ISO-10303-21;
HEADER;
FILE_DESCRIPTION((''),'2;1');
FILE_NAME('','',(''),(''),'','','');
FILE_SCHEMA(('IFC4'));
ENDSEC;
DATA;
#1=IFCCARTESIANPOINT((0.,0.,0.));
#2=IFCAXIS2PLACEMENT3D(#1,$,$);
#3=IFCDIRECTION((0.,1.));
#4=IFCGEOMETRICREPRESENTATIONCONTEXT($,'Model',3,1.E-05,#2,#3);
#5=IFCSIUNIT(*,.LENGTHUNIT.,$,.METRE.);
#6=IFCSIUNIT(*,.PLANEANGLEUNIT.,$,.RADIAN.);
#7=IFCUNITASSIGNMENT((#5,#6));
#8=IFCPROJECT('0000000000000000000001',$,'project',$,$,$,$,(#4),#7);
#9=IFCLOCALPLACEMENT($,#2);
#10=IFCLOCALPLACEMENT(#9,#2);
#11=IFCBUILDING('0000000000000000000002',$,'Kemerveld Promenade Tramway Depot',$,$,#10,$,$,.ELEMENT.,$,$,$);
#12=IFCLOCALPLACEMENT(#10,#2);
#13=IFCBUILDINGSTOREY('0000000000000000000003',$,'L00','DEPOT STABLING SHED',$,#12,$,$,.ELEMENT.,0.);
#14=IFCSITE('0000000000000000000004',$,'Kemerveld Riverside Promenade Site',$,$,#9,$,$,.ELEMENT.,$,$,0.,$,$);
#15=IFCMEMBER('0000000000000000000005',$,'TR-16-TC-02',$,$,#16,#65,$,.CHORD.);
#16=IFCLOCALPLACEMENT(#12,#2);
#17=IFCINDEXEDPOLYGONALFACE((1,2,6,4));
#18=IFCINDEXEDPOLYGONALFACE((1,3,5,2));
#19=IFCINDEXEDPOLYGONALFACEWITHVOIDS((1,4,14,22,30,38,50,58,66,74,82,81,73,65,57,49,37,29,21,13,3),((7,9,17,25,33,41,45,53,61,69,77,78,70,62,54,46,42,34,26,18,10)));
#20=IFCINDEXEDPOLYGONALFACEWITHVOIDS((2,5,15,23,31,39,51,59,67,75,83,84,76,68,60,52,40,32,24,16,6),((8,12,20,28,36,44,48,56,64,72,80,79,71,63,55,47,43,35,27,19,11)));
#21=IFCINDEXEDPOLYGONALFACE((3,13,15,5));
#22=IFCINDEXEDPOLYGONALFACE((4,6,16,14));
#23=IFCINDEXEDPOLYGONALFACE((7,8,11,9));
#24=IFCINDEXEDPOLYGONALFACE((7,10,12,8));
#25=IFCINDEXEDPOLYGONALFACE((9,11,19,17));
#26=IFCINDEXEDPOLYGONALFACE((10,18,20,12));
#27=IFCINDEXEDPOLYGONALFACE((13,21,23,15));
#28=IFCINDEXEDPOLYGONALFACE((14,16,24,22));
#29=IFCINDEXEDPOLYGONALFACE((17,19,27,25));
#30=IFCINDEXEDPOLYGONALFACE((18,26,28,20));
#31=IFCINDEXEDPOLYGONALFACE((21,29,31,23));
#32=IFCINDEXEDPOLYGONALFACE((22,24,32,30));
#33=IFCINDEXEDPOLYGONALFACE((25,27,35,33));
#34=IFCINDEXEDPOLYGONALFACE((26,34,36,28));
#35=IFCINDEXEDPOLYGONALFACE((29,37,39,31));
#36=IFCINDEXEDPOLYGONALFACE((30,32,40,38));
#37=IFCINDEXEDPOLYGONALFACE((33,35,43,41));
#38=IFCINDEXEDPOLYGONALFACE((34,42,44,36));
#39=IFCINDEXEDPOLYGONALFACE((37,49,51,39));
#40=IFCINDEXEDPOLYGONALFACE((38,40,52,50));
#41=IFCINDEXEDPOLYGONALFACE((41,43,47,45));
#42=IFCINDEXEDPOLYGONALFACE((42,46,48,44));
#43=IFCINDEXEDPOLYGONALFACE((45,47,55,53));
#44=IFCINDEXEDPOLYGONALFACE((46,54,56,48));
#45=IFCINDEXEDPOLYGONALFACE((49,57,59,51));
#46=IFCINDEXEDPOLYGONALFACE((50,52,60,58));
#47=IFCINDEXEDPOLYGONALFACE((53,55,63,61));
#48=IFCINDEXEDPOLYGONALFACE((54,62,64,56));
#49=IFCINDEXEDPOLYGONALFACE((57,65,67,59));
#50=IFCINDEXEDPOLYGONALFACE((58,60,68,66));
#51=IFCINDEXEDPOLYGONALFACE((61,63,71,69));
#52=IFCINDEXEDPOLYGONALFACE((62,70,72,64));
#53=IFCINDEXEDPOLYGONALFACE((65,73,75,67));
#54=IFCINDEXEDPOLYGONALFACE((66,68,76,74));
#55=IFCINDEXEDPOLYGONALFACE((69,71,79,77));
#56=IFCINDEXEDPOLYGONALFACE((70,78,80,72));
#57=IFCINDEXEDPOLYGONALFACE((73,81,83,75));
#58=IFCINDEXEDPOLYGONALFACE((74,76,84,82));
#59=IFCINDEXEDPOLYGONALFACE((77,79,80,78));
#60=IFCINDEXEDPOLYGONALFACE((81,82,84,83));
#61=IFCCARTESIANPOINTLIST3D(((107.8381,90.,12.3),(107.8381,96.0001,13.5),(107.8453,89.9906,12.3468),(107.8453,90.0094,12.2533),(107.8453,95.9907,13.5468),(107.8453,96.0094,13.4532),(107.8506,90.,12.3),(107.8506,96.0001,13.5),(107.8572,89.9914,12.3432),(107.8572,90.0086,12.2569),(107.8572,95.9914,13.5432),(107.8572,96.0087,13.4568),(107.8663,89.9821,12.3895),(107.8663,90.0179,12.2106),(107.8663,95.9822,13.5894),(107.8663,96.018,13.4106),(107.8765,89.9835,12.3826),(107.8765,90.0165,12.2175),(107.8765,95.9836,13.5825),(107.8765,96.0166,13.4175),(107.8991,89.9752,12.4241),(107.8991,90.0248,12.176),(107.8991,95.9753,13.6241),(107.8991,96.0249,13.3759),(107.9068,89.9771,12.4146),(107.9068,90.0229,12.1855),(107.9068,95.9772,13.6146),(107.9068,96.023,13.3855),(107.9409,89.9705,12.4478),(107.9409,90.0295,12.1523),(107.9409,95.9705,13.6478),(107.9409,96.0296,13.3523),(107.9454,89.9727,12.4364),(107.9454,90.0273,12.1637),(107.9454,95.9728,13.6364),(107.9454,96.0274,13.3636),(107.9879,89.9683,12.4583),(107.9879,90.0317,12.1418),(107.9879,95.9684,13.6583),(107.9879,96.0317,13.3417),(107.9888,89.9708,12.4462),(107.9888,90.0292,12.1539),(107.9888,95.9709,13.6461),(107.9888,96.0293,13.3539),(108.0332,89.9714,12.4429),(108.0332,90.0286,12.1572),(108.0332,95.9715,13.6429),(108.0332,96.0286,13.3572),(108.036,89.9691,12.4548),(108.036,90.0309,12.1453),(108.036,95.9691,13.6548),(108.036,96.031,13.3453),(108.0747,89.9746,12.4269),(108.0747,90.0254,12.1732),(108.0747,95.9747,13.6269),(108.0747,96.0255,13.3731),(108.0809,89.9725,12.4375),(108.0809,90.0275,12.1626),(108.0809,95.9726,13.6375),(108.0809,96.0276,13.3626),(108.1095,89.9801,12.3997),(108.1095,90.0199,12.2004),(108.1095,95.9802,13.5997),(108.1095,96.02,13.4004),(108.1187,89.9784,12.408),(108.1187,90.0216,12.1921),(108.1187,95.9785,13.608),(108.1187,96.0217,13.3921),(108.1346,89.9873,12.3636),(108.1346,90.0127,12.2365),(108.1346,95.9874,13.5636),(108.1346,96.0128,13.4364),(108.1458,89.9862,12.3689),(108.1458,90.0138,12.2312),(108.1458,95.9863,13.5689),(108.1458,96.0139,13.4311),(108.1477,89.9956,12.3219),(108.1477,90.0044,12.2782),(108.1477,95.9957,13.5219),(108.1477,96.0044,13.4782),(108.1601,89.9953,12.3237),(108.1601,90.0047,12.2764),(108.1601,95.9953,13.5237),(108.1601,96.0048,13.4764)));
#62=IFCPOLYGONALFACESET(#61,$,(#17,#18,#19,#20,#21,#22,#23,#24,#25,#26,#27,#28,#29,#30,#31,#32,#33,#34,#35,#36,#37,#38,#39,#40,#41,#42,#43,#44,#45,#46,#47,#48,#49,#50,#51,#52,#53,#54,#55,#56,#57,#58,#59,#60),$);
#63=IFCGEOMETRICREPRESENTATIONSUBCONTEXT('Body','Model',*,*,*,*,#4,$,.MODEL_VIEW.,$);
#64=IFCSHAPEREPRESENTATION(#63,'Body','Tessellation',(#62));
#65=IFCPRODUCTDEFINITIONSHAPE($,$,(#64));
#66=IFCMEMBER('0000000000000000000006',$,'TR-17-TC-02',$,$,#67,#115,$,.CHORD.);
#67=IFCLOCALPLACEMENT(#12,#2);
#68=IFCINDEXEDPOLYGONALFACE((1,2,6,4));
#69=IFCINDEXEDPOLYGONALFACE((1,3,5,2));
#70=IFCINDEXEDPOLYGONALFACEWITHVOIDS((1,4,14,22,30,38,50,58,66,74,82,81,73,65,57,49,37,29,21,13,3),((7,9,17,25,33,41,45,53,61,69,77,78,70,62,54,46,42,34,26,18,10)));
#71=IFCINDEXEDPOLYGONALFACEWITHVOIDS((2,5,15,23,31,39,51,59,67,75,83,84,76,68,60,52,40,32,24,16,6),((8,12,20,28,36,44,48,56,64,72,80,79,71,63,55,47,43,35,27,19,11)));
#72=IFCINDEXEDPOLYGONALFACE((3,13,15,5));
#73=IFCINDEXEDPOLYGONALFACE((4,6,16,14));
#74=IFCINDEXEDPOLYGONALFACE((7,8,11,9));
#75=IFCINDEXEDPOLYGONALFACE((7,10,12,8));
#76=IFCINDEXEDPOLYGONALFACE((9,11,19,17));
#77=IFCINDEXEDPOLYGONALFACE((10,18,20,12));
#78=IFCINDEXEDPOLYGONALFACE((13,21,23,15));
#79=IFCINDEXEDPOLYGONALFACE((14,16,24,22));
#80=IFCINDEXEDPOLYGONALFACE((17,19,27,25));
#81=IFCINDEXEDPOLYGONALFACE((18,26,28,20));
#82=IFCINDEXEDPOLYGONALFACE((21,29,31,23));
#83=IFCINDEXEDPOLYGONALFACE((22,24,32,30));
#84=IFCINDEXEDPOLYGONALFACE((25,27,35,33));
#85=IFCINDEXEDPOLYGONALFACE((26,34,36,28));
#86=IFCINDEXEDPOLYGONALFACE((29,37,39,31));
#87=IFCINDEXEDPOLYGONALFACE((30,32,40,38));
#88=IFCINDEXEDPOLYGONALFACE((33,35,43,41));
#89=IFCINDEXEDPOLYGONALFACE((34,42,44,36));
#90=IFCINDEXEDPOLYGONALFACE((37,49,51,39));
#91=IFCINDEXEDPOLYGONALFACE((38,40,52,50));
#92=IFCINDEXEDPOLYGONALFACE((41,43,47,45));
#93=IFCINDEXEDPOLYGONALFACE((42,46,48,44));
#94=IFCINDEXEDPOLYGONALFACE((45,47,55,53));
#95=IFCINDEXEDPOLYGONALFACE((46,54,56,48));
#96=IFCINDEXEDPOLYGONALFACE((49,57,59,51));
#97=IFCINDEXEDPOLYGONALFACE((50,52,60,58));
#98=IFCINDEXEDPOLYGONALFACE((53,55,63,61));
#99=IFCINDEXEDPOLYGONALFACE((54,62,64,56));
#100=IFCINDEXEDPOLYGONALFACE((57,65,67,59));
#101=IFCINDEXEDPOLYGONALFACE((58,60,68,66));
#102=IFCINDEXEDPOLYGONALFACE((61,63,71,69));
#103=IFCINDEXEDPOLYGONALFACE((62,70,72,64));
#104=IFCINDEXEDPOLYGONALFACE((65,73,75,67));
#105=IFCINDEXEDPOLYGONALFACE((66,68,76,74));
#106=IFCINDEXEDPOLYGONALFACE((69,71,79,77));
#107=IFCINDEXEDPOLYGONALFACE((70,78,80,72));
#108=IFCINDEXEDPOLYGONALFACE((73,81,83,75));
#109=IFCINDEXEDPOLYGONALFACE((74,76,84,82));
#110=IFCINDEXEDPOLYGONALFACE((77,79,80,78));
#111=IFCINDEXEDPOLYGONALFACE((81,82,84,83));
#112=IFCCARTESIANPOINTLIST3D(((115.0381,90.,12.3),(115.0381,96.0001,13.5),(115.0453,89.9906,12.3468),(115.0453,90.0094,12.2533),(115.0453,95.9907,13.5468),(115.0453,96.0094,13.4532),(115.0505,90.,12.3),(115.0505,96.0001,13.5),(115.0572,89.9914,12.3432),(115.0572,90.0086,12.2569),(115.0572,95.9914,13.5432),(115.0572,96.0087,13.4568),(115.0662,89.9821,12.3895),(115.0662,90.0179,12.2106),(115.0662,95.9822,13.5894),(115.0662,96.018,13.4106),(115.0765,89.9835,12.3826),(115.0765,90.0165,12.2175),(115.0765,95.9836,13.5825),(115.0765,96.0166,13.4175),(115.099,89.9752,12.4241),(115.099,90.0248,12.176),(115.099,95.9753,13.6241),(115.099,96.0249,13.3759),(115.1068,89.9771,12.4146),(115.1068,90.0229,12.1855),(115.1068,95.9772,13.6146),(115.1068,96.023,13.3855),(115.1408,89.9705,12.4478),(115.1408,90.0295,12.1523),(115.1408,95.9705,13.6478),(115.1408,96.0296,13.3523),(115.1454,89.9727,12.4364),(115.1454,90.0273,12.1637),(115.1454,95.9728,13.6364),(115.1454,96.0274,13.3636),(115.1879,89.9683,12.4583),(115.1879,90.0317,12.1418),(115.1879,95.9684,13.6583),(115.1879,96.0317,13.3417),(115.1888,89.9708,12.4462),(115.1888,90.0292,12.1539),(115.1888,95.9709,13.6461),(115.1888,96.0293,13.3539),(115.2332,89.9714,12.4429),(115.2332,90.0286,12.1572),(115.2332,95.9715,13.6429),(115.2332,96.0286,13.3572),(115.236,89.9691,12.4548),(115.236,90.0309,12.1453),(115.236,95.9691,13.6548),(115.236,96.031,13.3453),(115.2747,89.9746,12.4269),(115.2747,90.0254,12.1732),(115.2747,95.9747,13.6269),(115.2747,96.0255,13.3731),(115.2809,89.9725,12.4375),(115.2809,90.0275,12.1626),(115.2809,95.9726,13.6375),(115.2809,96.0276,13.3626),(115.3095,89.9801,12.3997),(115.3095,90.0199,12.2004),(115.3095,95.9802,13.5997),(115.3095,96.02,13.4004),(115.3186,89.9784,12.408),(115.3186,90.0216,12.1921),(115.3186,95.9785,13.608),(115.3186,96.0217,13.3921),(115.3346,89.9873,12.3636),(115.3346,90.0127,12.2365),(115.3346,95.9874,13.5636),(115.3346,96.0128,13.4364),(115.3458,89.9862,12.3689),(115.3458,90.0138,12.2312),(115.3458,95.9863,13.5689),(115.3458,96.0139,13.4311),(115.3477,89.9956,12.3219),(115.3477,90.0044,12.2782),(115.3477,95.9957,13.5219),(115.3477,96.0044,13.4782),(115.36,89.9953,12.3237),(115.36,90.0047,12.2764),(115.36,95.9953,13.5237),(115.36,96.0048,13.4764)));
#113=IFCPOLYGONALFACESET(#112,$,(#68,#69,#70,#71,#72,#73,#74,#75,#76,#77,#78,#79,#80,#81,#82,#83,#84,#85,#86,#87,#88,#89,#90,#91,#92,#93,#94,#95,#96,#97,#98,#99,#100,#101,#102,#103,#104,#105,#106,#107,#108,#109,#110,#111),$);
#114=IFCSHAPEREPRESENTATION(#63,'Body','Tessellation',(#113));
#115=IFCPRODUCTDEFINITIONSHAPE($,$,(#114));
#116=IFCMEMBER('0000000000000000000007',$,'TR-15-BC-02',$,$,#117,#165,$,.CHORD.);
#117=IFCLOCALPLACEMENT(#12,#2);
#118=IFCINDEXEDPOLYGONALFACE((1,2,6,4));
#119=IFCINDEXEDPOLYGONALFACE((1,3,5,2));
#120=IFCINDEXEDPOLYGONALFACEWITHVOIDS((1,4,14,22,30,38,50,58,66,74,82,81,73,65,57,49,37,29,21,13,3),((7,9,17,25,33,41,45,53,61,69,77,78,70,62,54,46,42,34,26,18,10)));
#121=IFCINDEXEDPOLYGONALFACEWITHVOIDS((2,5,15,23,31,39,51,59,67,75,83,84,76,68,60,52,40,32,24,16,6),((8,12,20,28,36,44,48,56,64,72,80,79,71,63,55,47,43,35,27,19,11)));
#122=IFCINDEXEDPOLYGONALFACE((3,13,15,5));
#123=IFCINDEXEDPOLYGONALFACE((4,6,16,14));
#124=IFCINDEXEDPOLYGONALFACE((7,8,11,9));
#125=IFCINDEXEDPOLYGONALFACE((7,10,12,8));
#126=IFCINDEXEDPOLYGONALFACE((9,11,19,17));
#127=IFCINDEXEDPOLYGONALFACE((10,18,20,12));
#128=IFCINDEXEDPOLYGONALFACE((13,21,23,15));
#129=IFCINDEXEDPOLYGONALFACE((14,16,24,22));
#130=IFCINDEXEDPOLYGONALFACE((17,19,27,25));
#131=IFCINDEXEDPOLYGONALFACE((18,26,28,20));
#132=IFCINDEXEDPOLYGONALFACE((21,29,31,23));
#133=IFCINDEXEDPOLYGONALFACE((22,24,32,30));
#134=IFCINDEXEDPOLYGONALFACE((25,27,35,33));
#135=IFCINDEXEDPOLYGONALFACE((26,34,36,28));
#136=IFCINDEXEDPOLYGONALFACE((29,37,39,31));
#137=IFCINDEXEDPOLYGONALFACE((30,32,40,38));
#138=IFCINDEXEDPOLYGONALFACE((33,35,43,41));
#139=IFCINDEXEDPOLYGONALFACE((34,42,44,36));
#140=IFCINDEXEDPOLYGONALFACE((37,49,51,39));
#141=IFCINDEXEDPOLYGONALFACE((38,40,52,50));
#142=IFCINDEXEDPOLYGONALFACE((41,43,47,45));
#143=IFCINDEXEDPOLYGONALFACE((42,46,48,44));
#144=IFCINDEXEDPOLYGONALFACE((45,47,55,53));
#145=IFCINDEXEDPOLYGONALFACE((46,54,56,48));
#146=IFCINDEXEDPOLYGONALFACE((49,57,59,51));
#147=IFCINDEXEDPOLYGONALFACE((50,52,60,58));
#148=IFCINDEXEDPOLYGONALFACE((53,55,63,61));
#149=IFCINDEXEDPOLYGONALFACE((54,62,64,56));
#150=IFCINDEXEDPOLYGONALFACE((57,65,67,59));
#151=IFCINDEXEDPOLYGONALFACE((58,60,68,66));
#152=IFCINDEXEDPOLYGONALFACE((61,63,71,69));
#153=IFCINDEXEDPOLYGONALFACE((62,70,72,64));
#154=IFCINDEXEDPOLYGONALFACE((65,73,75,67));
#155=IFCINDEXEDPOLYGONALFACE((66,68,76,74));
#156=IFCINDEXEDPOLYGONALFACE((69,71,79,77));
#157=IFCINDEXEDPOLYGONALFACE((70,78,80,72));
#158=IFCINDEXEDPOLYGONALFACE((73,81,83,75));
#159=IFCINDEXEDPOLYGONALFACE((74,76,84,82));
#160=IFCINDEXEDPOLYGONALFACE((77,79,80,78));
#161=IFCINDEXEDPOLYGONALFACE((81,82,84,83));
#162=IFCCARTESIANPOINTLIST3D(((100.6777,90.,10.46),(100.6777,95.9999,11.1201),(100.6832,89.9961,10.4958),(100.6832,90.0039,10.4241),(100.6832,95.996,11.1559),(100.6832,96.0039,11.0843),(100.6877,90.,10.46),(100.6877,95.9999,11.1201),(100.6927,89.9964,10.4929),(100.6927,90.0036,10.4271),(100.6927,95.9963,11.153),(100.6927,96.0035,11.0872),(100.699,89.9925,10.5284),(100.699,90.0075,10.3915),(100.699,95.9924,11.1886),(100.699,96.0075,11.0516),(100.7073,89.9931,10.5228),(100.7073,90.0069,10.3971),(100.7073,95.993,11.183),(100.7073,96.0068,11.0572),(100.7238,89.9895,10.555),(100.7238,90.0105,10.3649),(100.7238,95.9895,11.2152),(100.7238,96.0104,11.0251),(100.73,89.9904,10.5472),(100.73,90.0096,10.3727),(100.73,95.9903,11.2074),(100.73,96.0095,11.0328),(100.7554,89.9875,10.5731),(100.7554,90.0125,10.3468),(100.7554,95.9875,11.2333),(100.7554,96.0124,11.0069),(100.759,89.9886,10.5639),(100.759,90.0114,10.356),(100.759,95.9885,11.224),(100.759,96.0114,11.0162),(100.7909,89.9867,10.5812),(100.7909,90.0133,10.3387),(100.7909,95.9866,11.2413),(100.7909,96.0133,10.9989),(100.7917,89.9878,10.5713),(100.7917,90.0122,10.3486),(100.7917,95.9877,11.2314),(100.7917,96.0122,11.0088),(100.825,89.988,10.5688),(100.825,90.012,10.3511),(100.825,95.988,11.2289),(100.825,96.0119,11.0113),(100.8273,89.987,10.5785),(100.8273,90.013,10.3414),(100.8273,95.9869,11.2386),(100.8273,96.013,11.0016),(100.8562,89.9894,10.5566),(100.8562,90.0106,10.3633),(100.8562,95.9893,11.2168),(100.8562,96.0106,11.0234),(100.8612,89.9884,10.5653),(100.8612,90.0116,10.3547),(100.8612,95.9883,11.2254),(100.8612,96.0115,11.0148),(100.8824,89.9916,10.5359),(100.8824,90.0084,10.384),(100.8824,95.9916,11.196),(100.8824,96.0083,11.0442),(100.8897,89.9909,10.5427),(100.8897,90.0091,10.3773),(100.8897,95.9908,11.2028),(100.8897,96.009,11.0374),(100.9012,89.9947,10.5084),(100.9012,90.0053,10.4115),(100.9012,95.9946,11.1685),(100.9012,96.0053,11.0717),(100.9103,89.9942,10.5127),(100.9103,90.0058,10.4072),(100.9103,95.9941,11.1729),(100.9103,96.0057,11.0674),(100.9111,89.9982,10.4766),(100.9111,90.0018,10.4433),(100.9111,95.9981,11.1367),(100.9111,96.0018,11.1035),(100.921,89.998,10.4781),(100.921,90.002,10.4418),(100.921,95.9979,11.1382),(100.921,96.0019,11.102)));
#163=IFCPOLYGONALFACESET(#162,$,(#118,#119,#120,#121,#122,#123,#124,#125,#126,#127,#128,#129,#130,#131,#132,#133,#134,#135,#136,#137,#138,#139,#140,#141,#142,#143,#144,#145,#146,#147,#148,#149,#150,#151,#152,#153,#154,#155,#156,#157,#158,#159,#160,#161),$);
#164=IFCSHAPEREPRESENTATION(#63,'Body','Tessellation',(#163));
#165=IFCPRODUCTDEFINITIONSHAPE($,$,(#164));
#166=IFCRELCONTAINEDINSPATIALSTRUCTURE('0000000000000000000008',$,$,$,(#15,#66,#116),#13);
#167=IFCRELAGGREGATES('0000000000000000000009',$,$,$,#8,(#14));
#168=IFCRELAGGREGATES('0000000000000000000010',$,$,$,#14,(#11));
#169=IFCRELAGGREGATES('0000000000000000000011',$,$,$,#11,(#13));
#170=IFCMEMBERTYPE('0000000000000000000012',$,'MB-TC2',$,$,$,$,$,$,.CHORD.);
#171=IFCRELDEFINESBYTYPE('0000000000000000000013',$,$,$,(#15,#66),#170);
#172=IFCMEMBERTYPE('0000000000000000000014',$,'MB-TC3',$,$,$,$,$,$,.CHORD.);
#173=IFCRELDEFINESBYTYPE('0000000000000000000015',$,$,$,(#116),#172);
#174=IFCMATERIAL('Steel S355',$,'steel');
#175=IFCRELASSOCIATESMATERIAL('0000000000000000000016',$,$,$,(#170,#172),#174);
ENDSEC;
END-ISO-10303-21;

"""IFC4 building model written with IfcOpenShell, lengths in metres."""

from ifc_helpers import new_model, si_unit, direction, frame, origin, origin_2d, place, context, subcontext, project, spatial, hollow_circle, extrude, material, material_profile, profile_set, type_object, element, save


model = new_model("IFC4")

# Units and contexts
model_context = context("Model", 3, precision=1e-05, world=origin(), true_north=direction((0.0, 1.0)))
body_context = subcontext(model_context, "Body", "Model", "MODEL_VIEW")
ifc_project = project(units=[si_unit("LENGTHUNIT", "METRE"), si_unit("PLANEANGLEUNIT", "RADIAN")], contexts=[model_context])

# Site, building, storey
site_placement = place(None, origin())
site = spatial("IfcSite", under=ifc_project, at=site_placement, Name="Kemerveld Riverside Promenade Site", CompositionType="ELEMENT", RefElevation=0.0)
building_placement = place(site_placement, origin())
building = spatial("IfcBuilding", under=site, at=building_placement, Name="Kemerveld Promenade Tramway Depot", CompositionType="ELEMENT")
storey_placement = place(building_placement, origin())
storey = spatial("IfcBuildingStorey", under=building, at=storey_placement, Name="L00", Description="DEPOT STABLING SHED", CompositionType="ELEMENT", Elevation=0.0)

# Members
ifc_material_1 = material(Name="Steel S355", Category="steel")
ifc_material_profile_1 = material_profile(ifc_material_1, hollow_circle(Radius=0.1619, WallThickness=0.0125, at=origin_2d()), Name="323.9x12.5 CHS")
ifc_profile_set_1 = profile_set([ifc_material_profile_1], Name="Steel S355")
member_type_1 = type_object("IfcMemberType", Name="MB-TC2", PredefinedType="CHORD", material=ifc_profile_set_1)
for number, where, z_axis, x_axis, name in (
    (1, (108.0, 90.0, 12.3), (0.0, 0.980582, 0.196108), (-1.0, 0.0, 0.0), "TR-16-TC-02"),
    (2, (115.2, 90.0, 12.3), (0.0, 0.980582, 0.196108), (-1.0, 0.0, 0.0), "TR-17-TC-02"),
):
    element("IfcMember", number, at=place(storey_placement, frame(where, z_axis=z_axis, x_axis=x_axis)), inside=storey, type_object=member_type_1, Name=name, PredefinedType="CHORD", context=body_context, shape_type="SweptSolid", body=[
        extrude(hollow_circle(Radius=0.1619, WallThickness=0.0125, at=origin_2d()), origin(), (0.0, 0.0, 1.0), 6.1189),
    ])
ifc_material_profile_2 = material_profile(ifc_material_1, hollow_circle(Radius=0.1223, WallThickness=0.01, at=origin_2d()), Name="244.5x10.0 CHS")
ifc_profile_set_2 = profile_set([ifc_material_profile_2], Name="Steel S355")
member_type_2 = type_object("IfcMemberType", Name="MB-TC3", PredefinedType="CHORD", material=ifc_profile_set_2)
member_1_placement = place(storey_placement, frame((100.8, 90.0, 10.46), z_axis=(0.0, 0.994002, 0.109366), x_axis=(-1.0, 0.0, 0.0)))
element("IfcMember", 3, at=member_1_placement, inside=storey, type_object=member_type_2, Name="TR-15-BC-02", PredefinedType="CHORD", context=body_context, shape_type="SweptSolid", body=[
    extrude(hollow_circle(Radius=0.1223, WallThickness=0.01, at=origin_2d()), origin(), (0.0, 0.0, 1.0), 6.0361),
])

save(model, "model.ifc")
